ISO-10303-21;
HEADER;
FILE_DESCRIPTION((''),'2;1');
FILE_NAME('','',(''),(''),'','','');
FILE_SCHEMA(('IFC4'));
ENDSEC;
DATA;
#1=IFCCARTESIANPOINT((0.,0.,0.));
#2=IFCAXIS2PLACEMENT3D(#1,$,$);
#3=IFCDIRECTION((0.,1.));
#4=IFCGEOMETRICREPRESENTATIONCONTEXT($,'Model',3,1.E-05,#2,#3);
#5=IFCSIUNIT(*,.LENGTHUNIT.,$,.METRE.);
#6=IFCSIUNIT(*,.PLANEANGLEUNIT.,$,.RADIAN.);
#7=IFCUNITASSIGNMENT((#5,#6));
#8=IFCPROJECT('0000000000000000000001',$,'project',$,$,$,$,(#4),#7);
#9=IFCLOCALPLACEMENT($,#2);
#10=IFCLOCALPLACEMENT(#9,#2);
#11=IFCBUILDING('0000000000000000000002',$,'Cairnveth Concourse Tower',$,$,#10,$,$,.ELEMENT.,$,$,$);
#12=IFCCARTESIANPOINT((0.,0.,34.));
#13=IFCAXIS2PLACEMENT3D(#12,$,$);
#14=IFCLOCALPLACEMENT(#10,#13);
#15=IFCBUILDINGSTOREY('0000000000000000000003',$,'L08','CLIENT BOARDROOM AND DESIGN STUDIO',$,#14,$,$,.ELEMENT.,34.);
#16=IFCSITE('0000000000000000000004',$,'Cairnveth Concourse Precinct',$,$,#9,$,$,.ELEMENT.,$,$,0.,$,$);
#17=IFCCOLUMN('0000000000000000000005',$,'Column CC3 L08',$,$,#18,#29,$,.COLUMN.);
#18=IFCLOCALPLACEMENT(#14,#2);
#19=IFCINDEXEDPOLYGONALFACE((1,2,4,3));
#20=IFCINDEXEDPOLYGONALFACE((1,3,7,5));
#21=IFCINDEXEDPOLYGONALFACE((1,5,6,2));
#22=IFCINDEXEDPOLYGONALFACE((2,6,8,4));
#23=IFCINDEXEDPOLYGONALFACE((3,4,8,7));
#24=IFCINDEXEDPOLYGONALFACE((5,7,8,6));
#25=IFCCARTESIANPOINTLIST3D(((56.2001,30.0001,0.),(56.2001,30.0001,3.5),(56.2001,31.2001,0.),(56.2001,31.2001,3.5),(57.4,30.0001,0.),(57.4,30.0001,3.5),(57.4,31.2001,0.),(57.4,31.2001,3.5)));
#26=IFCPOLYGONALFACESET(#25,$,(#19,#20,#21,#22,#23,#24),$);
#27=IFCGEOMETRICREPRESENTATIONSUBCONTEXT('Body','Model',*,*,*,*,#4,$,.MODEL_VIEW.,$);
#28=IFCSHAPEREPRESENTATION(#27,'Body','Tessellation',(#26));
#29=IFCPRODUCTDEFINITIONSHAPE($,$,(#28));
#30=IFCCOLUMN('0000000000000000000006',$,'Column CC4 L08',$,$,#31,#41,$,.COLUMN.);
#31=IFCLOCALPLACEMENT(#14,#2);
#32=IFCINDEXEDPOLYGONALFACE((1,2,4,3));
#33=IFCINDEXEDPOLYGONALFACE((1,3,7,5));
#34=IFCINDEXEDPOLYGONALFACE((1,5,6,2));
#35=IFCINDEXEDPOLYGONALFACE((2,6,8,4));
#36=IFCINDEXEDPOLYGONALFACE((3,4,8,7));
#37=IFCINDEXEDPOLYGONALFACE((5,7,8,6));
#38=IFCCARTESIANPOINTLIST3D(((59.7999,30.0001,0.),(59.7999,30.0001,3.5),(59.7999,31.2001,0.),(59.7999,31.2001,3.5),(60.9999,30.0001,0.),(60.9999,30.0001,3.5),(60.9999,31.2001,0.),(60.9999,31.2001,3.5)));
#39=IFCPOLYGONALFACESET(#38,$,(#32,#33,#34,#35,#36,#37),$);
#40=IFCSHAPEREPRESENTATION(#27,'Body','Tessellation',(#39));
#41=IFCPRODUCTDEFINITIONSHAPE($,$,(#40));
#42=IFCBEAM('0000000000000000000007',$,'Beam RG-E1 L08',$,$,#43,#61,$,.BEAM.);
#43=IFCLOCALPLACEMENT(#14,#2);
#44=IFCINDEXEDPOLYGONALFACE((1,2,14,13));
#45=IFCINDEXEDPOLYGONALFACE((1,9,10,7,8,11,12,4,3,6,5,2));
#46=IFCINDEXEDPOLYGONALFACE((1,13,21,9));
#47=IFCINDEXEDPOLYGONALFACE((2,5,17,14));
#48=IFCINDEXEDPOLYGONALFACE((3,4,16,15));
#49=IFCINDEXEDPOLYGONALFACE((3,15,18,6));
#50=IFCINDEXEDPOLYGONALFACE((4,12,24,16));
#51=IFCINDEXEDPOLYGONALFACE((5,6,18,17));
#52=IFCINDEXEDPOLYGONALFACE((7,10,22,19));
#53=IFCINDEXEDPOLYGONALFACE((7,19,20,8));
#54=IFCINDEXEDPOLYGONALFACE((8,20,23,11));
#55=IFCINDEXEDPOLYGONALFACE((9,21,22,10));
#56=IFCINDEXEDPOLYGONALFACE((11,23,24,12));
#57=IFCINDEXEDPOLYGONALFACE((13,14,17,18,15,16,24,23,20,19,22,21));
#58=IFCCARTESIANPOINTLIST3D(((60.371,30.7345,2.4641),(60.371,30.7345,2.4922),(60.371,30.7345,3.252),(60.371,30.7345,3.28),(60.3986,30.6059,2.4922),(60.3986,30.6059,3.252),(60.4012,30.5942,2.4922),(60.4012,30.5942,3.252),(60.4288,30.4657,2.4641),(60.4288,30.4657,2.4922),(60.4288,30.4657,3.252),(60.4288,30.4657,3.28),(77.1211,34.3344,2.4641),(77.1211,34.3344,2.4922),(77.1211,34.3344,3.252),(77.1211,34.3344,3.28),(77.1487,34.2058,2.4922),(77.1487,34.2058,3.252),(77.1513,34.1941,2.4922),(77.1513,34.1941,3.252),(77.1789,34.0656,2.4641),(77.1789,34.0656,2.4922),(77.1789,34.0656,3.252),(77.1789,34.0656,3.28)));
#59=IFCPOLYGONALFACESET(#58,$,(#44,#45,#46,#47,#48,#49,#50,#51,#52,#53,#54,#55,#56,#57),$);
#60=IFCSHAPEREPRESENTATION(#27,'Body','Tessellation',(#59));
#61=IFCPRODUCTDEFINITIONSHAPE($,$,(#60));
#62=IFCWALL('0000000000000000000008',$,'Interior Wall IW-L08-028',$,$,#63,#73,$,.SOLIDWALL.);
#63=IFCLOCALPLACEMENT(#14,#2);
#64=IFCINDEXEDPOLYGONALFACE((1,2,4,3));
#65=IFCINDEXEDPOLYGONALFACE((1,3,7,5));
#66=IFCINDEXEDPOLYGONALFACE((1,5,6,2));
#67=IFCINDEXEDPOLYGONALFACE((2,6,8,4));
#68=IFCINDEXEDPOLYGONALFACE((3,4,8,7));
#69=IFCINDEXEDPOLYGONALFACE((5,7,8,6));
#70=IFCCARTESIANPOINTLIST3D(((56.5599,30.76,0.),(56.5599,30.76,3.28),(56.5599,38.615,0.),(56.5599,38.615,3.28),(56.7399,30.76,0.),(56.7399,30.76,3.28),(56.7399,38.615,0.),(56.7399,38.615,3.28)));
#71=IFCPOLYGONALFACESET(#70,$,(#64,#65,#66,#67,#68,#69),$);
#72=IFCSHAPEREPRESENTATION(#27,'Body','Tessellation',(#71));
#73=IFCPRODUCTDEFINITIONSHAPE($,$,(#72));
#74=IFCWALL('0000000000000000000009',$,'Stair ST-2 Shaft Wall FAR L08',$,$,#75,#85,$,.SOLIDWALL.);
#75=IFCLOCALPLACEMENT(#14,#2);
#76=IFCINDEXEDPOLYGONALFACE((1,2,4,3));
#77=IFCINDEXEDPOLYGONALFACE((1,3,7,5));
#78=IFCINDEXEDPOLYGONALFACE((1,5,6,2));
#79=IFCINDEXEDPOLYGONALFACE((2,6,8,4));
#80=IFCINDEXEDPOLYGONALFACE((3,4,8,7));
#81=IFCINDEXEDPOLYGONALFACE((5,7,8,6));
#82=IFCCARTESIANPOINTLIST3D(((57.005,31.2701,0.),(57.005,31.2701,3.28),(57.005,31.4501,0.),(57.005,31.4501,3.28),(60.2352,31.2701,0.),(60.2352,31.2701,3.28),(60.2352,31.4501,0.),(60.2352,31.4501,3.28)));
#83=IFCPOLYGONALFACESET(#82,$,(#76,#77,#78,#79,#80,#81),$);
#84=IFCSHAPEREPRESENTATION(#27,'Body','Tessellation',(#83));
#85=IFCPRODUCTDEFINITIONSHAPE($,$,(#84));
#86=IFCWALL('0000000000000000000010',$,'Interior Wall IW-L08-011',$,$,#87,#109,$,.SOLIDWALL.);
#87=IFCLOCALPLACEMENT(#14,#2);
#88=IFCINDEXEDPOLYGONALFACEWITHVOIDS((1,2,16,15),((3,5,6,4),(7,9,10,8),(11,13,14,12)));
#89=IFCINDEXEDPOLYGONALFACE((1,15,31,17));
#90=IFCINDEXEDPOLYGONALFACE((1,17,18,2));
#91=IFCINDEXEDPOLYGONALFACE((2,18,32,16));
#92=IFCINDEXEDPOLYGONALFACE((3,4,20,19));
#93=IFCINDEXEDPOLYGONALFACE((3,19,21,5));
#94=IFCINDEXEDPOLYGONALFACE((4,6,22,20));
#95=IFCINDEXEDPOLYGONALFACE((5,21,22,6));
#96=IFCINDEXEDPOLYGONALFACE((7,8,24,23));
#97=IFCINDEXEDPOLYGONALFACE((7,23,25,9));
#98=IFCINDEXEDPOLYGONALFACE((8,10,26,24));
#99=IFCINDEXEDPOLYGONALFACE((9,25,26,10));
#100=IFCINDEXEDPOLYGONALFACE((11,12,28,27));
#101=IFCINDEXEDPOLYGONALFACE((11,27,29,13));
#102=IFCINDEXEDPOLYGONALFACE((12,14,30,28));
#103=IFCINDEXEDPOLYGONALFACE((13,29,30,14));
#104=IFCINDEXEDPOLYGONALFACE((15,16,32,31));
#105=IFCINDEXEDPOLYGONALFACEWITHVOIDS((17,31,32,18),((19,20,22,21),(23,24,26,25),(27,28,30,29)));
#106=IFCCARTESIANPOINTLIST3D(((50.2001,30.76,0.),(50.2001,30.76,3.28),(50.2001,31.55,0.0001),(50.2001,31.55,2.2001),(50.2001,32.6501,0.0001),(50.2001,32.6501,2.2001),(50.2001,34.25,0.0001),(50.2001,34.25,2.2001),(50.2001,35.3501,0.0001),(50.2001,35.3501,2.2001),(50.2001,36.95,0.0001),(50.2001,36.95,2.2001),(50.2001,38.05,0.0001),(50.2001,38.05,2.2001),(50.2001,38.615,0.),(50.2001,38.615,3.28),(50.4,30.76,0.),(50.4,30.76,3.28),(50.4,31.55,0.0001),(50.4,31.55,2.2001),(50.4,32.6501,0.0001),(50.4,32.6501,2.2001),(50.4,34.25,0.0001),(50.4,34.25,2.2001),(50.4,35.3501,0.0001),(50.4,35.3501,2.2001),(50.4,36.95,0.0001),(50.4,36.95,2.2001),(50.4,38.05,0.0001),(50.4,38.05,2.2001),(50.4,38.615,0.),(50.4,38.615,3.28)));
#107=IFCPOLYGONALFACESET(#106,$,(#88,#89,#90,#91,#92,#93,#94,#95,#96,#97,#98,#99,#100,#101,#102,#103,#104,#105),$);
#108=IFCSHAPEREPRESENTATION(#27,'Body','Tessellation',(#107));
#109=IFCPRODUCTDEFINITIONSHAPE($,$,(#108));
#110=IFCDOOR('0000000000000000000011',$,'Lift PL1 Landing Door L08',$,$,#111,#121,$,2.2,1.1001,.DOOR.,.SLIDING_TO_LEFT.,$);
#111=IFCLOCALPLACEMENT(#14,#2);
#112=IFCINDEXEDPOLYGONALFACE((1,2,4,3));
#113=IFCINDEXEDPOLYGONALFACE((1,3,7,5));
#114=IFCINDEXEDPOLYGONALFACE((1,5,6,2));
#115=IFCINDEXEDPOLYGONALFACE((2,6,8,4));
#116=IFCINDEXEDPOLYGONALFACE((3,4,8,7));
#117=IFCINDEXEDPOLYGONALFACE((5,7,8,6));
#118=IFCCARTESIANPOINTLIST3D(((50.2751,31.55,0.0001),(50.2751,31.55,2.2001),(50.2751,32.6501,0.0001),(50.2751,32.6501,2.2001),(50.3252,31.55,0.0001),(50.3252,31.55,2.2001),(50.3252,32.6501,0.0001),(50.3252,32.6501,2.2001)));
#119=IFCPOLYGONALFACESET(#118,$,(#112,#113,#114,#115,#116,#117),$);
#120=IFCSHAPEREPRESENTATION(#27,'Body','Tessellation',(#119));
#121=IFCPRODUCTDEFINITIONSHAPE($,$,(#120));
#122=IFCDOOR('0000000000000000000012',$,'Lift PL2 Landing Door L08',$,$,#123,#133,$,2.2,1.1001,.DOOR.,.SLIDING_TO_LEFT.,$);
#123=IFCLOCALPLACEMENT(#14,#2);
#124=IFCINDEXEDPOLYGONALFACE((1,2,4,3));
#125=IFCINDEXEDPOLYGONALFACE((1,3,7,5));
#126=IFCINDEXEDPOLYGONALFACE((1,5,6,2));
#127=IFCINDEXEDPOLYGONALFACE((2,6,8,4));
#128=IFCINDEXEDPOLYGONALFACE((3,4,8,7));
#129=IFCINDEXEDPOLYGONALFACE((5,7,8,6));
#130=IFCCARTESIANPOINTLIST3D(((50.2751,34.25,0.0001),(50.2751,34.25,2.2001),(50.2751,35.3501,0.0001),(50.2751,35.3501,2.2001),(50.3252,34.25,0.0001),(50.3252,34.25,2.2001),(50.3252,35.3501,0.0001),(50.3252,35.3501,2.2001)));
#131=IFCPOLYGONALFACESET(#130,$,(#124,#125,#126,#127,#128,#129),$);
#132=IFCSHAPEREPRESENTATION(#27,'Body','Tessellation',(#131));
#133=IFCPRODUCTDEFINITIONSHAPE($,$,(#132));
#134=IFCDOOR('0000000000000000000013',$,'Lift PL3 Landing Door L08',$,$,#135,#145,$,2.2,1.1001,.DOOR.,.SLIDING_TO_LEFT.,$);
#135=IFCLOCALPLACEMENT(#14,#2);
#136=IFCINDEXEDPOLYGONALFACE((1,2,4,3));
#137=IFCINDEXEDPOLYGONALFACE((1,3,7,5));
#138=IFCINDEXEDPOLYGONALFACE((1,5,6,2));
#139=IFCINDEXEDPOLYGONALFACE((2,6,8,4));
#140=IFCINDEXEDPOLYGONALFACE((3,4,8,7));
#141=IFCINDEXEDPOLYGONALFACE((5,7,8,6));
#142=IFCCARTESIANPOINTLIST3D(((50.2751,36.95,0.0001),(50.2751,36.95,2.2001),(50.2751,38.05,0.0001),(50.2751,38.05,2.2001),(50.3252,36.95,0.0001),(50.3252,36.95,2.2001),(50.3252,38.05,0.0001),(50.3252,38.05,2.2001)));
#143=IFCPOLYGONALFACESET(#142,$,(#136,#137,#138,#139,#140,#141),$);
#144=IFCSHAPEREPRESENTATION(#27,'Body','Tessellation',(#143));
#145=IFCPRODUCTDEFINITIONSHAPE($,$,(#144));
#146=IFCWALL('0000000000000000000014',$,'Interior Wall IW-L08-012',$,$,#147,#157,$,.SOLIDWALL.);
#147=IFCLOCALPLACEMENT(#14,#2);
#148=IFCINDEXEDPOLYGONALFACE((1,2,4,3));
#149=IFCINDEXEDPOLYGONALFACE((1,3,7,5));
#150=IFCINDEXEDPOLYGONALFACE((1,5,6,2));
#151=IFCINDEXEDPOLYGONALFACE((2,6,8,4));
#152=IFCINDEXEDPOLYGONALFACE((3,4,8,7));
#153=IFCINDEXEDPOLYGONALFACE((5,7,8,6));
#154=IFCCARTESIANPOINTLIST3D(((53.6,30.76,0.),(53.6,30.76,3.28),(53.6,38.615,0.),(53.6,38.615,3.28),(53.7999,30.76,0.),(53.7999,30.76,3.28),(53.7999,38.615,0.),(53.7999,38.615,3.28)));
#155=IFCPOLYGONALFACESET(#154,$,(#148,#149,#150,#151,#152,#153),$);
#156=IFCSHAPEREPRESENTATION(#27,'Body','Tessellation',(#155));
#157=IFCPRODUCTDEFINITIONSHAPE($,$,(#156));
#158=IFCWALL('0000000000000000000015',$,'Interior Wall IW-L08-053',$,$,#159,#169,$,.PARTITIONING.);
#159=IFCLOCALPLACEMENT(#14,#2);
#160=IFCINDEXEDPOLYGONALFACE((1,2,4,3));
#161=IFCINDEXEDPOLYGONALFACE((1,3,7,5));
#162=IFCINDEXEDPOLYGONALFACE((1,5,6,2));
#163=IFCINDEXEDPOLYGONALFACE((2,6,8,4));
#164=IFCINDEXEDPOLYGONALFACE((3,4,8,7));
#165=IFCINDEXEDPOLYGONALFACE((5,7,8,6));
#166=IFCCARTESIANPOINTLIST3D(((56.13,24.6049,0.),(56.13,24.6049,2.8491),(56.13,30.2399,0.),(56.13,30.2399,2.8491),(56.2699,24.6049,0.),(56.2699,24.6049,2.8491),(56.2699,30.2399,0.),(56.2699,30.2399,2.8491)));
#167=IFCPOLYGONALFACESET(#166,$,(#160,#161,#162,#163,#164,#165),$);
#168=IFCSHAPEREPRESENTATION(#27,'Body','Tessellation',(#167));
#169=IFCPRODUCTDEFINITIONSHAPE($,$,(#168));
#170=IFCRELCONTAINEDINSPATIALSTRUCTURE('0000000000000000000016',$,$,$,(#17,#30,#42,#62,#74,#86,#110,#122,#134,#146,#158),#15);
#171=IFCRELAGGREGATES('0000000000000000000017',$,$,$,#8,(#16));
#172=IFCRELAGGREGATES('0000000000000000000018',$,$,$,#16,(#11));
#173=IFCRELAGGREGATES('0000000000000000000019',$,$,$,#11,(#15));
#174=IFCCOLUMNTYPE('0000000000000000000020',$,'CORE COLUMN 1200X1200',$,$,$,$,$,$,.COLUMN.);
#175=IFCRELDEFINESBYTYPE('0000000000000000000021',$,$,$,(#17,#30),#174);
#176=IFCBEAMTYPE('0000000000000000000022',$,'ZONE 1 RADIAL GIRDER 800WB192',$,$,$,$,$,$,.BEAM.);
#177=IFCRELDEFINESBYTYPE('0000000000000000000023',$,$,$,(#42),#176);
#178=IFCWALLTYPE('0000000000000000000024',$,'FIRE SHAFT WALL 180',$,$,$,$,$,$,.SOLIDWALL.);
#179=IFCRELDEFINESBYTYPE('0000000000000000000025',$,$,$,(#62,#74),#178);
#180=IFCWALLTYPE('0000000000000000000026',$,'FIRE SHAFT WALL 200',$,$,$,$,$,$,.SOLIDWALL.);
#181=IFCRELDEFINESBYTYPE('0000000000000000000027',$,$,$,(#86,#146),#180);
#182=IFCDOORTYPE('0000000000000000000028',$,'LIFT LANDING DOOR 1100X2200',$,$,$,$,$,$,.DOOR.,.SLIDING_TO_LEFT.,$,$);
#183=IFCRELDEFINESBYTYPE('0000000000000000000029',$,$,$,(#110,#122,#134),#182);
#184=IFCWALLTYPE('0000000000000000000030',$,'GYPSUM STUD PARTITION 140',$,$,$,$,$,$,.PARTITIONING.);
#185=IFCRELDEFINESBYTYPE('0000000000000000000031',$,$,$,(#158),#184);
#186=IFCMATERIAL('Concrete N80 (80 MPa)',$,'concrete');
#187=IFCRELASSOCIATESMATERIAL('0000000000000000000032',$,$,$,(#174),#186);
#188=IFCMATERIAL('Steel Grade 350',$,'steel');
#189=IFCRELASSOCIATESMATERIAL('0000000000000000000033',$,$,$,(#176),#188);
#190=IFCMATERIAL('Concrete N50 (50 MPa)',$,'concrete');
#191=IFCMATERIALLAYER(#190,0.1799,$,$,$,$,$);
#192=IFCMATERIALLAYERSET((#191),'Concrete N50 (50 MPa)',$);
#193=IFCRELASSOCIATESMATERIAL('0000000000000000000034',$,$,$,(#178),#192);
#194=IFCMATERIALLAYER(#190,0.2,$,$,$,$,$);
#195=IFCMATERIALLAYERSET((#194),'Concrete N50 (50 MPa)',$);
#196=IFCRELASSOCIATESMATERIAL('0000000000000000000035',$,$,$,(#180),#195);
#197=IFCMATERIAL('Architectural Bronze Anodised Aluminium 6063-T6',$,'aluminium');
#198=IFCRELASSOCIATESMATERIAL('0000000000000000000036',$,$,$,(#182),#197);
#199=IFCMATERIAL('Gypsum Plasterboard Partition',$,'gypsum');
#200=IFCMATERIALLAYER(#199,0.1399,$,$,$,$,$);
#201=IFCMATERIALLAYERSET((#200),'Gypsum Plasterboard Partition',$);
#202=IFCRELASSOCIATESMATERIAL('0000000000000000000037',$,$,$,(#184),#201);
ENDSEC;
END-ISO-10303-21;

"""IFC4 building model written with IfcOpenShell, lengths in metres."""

from ifc_helpers import new_model, si_unit, direction, frame, frame_2d, origin, origin_2d, place, context, subcontext, project, spatial, rectangle, i_section, extrude, material, layer, layer_set, material_profile, profile_set, type_object, element, fill, save


model = new_model("IFC4")

# Units and contexts
model_context = context("Model", 3, precision=1e-05, world=origin(), true_north=direction((0.0, 1.0)))
body_context = subcontext(model_context, "Body", "Model", "MODEL_VIEW")
ifc_project = project(units=[si_unit("LENGTHUNIT", "METRE"), si_unit("PLANEANGLEUNIT", "RADIAN")], contexts=[model_context])

# Site, building, storey
site_placement = place(None, origin())
site = spatial("IfcSite", under=ifc_project, at=site_placement, Name="Cairnveth Concourse Precinct", CompositionType="ELEMENT", RefElevation=0.0)
building_placement = place(site_placement, origin())
building = spatial("IfcBuilding", under=site, at=building_placement, Name="Cairnveth Concourse Tower", CompositionType="ELEMENT")
storey_placement = place(building_placement, frame((0.0, 0.0, 34.0)))
storey = spatial("IfcBuildingStorey", under=building, at=storey_placement, Name="L08", Description="CLIENT BOARDROOM AND DESIGN STUDIO", CompositionType="ELEMENT", Elevation=34.0)

# Columns
ifc_material_1 = material(Name="Concrete N80 (80 MPa)", Category="concrete")
ifc_material_profile_1 = material_profile(ifc_material_1, rectangle(XDim=1.2, YDim=1.2, at=origin_2d()), Name="RC-COL-1200x1200")
ifc_profile_set_1 = profile_set([ifc_material_profile_1], Name="Concrete N80 (80 MPa)")
column_type = type_object("IfcColumnType", Name="CORE COLUMN 1200X1200", PredefinedType="COLUMN", material=ifc_profile_set_1)
for number, where, z_axis, x_axis, name in (
    (1, (56.8, 30.6001, 0.0), (0.0, 0.0, 1.0), (1.0, 0.0, 0.0), "Column CC3 L08"),
    (2, (60.3999, 30.6001, 0.0), (0.0, 0.0, 1.0), (1.0, 0.0, 0.0), "Column CC4 L08"),
):
    element("IfcColumn", number, at=place(storey_placement, frame(where, z_axis=z_axis, x_axis=x_axis)), inside=storey, type_object=column_type, Name=name, PredefinedType="COLUMN", context=body_context, shape_type="SweptSolid", body=[
        extrude(rectangle(XDim=1.2, YDim=1.2, at=origin_2d()), origin(), (0.0, 0.0, 1.0), 3.5),
    ])

# Beam
ifc_material_2 = material(Name="Steel Grade 350", Category="steel")
ifc_material_profile_2 = material_profile(ifc_material_2, i_section(OverallWidth=0.2749, OverallDepth=0.8159, WebThickness=0.012, FlangeThickness=0.0281, at=origin_2d()), Name="800WB192")
ifc_profile_set_2 = profile_set([ifc_material_profile_2], Name="Steel Grade 350")
beam_type = type_object("IfcBeamType", Name="ZONE 1 RADIAL GIRDER 800WB192", PredefinedType="BEAM", material=ifc_profile_set_2)
beam_placement = place(storey_placement, frame((60.3999, 30.6001, 2.8721), z_axis=(0.977676, 0.210119, 0.0), x_axis=(-0.210119, 0.977676, 0.0)))
element("IfcBeam", 3, at=beam_placement, inside=storey, type_object=beam_type, Name="Beam RG-E1 L08", PredefinedType="BEAM", context=body_context, shape_type="SweptSolid", body=[
    extrude(i_section(OverallWidth=0.2749, OverallDepth=0.8159, WebThickness=0.012, FlangeThickness=0.0281, at=origin_2d()), origin(), (0.0, 0.0, 1.0), 17.1326),
])

# Walls
ifc_material_3 = material(Name="Concrete N50 (50 MPa)", Category="concrete")
ifc_layer_1 = layer(ifc_material_3, 0.1799)
ifc_layer_set_1 = layer_set([ifc_layer_1], Name="Concrete N50 (50 MPa)")
wall_type_1 = type_object("IfcWallType", Name="FIRE SHAFT WALL 180", PredefinedType="SOLIDWALL", material=ifc_layer_set_1)
wall_1_placement = place(storey_placement, frame((56.6499, 30.76, 0.0), z_axis=(0.0, 0.0, 1.0), x_axis=(0.0, 1.0, 0.0)))
element("IfcWall", 4, at=wall_1_placement, inside=storey, type_object=wall_type_1, Name="Interior Wall IW-L08-028", PredefinedType="SOLIDWALL", context=body_context, shape_type="SweptSolid", body=[
    extrude(rectangle(XDim=7.855, YDim=0.1799, at=frame_2d((3.9275, 0.0))), origin(), (0.0, 0.0, 1.0), 3.28),
])
wall_2_placement = place(storey_placement, frame((57.0049, 31.3601, 0.0), z_axis=(0.0, 0.0, 1.0), x_axis=(1.0, 0.0, 0.0)))
element("IfcWall", 5, at=wall_2_placement, inside=storey, type_object=wall_type_1, Name="Stair ST-2 Shaft Wall FAR L08", PredefinedType="SOLIDWALL", context=body_context, shape_type="SweptSolid", body=[
    extrude(rectangle(XDim=3.2302, YDim=0.1799, at=frame_2d((1.6152, 0.0))), origin(), (0.0, 0.0, 1.0), 3.28),
])

# Wall, openings, doors
ifc_layer_2 = layer(ifc_material_3, 0.2)
ifc_layer_set_2 = layer_set([ifc_layer_2], Name="Concrete N50 (50 MPa)")
wall_type_2 = type_object("IfcWallType", Name="FIRE SHAFT WALL 200", PredefinedType="SOLIDWALL", material=ifc_layer_set_2)
wall_3_placement = place(storey_placement, frame((50.3, 30.76, 0.0), z_axis=(0.0, 0.0, 1.0), x_axis=(0.0, 1.0, 0.0)))
wall_3 = element("IfcWall", 6, at=wall_3_placement, inside=storey, type_object=wall_type_2, Name="Interior Wall IW-L08-011", PredefinedType="SOLIDWALL", context=body_context, shape_type="SweptSolid", body=[
    extrude(rectangle(XDim=7.855, YDim=0.2, at=frame_2d((3.9275, 0.0))), origin(), (0.0, 0.0, 1.0), 3.28),
])
opening_1_placement = place(wall_3_placement, frame((0.79, 0.0, 0.0)))
opening_1 = element("IfcOpeningElement", 7, at=opening_1_placement, cuts=wall_3, PredefinedType="OPENING", context=body_context, shape_type="SweptSolid", body=[
    extrude(rectangle(XDim=1.1001, YDim=2.2, at=frame_2d((0.55, 1.1001))), frame((0.0, 0.1099, 0.0), z_axis=(0.0, -1.0, 0.0), x_axis=(1.0, 0.0, 0.0)), (0.0, 0.0, 1.0), 0.22),
])
opening_2_placement = place(wall_3_placement, frame((3.49, 0.0, 0.0)))
opening_2 = element("IfcOpeningElement", 8, at=opening_2_placement, cuts=wall_3, PredefinedType="OPENING", context=body_context, shape_type="SweptSolid", body=[
    extrude(rectangle(XDim=1.1001, YDim=2.2, at=frame_2d((0.55, 1.1001))), frame((0.0, 0.1099, 0.0), z_axis=(0.0, -1.0, 0.0), x_axis=(1.0, 0.0, 0.0)), (0.0, 0.0, 1.0), 0.22),
])
opening_3_placement = place(wall_3_placement, frame((6.1899, 0.0, 0.0)))
opening_3 = element("IfcOpeningElement", 9, at=opening_3_placement, cuts=wall_3, PredefinedType="OPENING", context=body_context, shape_type="SweptSolid", body=[
    extrude(rectangle(XDim=1.1001, YDim=2.2, at=frame_2d((0.55, 1.1001))), frame((0.0, 0.1099, 0.0), z_axis=(0.0, -1.0, 0.0), x_axis=(1.0, 0.0, 0.0)), (0.0, 0.0, 1.0), 0.22),
])
ifc_material_4 = material(Name="Architectural Bronze Anodised Aluminium 6063-T6", Category="aluminium")
door_type = type_object("IfcDoorType", Name="LIFT LANDING DOOR 1100X2200", OperationType="SLIDING_TO_LEFT", PredefinedType="DOOR", material=ifc_material_4)
door_1_placement = place(opening_1_placement, origin())
door_1 = element("IfcDoor", 10, at=door_1_placement, inside=storey, type_object=door_type, Name="Lift PL1 Landing Door L08", OperationType="SLIDING_TO_LEFT", OverallHeight=2.2, OverallWidth=1.1001, PredefinedType="DOOR", context=body_context, shape_type="SweptSolid", body=[
    extrude(rectangle(XDim=1.1001, YDim=2.2, at=frame_2d((0.55, 1.1001))), frame((0.0, 0.0249, 0.0), z_axis=(0.0, -1.0, 0.0), x_axis=(1.0, 0.0, 0.0)), (0.0, 0.0, 1.0), 0.05),
])
fill(opening_1, door_1)
door_2_placement = place(opening_2_placement, origin())
door_2 = element("IfcDoor", 11, at=door_2_placement, inside=storey, type_object=door_type, Name="Lift PL2 Landing Door L08", OperationType="SLIDING_TO_LEFT", OverallHeight=2.2, OverallWidth=1.1001, PredefinedType="DOOR", context=body_context, shape_type="SweptSolid", body=[
    extrude(rectangle(XDim=1.1001, YDim=2.2, at=frame_2d((0.55, 1.1001))), frame((0.0, 0.0249, 0.0), z_axis=(0.0, -1.0, 0.0), x_axis=(1.0, 0.0, 0.0)), (0.0, 0.0, 1.0), 0.05),
])
fill(opening_2, door_2)
door_3_placement = place(opening_3_placement, origin())
door_3 = element("IfcDoor", 12, at=door_3_placement, inside=storey, type_object=door_type, Name="Lift PL3 Landing Door L08", OperationType="SLIDING_TO_LEFT", OverallHeight=2.2, OverallWidth=1.1001, PredefinedType="DOOR", context=body_context, shape_type="SweptSolid", body=[
    extrude(rectangle(XDim=1.1001, YDim=2.2, at=frame_2d((0.55, 1.1001))), frame((0.0, 0.0249, 0.0), z_axis=(0.0, -1.0, 0.0), x_axis=(1.0, 0.0, 0.0)), (0.0, 0.0, 1.0), 0.05),
])
fill(opening_3, door_3)

# Walls
wall_4_placement = place(storey_placement, frame((53.7, 30.76, 0.0), z_axis=(0.0, 0.0, 1.0), x_axis=(0.0, 1.0, 0.0)))
element("IfcWall", 13, at=wall_4_placement, inside=storey, type_object=wall_type_2, Name="Interior Wall IW-L08-012", PredefinedType="SOLIDWALL", context=body_context, shape_type="SweptSolid", body=[
    extrude(rectangle(XDim=7.855, YDim=0.2, at=frame_2d((3.9275, 0.0))), origin(), (0.0, 0.0, 1.0), 3.28),
])
ifc_material_5 = material(Name="Gypsum Plasterboard Partition", Category="gypsum")
ifc_layer_3 = layer(ifc_material_5, 0.1399)
ifc_layer_set_3 = layer_set([ifc_layer_3], Name="Gypsum Plasterboard Partition")
wall_type_3 = type_object("IfcWallType", Name="GYPSUM STUD PARTITION 140", PredefinedType="PARTITIONING", material=ifc_layer_set_3)
wall_5_placement = place(storey_placement, frame((56.2, 24.605, 0.0), z_axis=(0.0, 0.0, 1.0), x_axis=(0.0, 1.0, 0.0)))
element("IfcWall", 14, at=wall_5_placement, inside=storey, type_object=wall_type_3, Name="Interior Wall IW-L08-053", PredefinedType="PARTITIONING", context=body_context, shape_type="SweptSolid", body=[
    extrude(rectangle(XDim=5.635, YDim=0.1399, at=frame_2d((2.8174, 0.0))), origin(), (0.0, 0.0, 1.0), 2.8491),
])

save(model, "model.ifc")
